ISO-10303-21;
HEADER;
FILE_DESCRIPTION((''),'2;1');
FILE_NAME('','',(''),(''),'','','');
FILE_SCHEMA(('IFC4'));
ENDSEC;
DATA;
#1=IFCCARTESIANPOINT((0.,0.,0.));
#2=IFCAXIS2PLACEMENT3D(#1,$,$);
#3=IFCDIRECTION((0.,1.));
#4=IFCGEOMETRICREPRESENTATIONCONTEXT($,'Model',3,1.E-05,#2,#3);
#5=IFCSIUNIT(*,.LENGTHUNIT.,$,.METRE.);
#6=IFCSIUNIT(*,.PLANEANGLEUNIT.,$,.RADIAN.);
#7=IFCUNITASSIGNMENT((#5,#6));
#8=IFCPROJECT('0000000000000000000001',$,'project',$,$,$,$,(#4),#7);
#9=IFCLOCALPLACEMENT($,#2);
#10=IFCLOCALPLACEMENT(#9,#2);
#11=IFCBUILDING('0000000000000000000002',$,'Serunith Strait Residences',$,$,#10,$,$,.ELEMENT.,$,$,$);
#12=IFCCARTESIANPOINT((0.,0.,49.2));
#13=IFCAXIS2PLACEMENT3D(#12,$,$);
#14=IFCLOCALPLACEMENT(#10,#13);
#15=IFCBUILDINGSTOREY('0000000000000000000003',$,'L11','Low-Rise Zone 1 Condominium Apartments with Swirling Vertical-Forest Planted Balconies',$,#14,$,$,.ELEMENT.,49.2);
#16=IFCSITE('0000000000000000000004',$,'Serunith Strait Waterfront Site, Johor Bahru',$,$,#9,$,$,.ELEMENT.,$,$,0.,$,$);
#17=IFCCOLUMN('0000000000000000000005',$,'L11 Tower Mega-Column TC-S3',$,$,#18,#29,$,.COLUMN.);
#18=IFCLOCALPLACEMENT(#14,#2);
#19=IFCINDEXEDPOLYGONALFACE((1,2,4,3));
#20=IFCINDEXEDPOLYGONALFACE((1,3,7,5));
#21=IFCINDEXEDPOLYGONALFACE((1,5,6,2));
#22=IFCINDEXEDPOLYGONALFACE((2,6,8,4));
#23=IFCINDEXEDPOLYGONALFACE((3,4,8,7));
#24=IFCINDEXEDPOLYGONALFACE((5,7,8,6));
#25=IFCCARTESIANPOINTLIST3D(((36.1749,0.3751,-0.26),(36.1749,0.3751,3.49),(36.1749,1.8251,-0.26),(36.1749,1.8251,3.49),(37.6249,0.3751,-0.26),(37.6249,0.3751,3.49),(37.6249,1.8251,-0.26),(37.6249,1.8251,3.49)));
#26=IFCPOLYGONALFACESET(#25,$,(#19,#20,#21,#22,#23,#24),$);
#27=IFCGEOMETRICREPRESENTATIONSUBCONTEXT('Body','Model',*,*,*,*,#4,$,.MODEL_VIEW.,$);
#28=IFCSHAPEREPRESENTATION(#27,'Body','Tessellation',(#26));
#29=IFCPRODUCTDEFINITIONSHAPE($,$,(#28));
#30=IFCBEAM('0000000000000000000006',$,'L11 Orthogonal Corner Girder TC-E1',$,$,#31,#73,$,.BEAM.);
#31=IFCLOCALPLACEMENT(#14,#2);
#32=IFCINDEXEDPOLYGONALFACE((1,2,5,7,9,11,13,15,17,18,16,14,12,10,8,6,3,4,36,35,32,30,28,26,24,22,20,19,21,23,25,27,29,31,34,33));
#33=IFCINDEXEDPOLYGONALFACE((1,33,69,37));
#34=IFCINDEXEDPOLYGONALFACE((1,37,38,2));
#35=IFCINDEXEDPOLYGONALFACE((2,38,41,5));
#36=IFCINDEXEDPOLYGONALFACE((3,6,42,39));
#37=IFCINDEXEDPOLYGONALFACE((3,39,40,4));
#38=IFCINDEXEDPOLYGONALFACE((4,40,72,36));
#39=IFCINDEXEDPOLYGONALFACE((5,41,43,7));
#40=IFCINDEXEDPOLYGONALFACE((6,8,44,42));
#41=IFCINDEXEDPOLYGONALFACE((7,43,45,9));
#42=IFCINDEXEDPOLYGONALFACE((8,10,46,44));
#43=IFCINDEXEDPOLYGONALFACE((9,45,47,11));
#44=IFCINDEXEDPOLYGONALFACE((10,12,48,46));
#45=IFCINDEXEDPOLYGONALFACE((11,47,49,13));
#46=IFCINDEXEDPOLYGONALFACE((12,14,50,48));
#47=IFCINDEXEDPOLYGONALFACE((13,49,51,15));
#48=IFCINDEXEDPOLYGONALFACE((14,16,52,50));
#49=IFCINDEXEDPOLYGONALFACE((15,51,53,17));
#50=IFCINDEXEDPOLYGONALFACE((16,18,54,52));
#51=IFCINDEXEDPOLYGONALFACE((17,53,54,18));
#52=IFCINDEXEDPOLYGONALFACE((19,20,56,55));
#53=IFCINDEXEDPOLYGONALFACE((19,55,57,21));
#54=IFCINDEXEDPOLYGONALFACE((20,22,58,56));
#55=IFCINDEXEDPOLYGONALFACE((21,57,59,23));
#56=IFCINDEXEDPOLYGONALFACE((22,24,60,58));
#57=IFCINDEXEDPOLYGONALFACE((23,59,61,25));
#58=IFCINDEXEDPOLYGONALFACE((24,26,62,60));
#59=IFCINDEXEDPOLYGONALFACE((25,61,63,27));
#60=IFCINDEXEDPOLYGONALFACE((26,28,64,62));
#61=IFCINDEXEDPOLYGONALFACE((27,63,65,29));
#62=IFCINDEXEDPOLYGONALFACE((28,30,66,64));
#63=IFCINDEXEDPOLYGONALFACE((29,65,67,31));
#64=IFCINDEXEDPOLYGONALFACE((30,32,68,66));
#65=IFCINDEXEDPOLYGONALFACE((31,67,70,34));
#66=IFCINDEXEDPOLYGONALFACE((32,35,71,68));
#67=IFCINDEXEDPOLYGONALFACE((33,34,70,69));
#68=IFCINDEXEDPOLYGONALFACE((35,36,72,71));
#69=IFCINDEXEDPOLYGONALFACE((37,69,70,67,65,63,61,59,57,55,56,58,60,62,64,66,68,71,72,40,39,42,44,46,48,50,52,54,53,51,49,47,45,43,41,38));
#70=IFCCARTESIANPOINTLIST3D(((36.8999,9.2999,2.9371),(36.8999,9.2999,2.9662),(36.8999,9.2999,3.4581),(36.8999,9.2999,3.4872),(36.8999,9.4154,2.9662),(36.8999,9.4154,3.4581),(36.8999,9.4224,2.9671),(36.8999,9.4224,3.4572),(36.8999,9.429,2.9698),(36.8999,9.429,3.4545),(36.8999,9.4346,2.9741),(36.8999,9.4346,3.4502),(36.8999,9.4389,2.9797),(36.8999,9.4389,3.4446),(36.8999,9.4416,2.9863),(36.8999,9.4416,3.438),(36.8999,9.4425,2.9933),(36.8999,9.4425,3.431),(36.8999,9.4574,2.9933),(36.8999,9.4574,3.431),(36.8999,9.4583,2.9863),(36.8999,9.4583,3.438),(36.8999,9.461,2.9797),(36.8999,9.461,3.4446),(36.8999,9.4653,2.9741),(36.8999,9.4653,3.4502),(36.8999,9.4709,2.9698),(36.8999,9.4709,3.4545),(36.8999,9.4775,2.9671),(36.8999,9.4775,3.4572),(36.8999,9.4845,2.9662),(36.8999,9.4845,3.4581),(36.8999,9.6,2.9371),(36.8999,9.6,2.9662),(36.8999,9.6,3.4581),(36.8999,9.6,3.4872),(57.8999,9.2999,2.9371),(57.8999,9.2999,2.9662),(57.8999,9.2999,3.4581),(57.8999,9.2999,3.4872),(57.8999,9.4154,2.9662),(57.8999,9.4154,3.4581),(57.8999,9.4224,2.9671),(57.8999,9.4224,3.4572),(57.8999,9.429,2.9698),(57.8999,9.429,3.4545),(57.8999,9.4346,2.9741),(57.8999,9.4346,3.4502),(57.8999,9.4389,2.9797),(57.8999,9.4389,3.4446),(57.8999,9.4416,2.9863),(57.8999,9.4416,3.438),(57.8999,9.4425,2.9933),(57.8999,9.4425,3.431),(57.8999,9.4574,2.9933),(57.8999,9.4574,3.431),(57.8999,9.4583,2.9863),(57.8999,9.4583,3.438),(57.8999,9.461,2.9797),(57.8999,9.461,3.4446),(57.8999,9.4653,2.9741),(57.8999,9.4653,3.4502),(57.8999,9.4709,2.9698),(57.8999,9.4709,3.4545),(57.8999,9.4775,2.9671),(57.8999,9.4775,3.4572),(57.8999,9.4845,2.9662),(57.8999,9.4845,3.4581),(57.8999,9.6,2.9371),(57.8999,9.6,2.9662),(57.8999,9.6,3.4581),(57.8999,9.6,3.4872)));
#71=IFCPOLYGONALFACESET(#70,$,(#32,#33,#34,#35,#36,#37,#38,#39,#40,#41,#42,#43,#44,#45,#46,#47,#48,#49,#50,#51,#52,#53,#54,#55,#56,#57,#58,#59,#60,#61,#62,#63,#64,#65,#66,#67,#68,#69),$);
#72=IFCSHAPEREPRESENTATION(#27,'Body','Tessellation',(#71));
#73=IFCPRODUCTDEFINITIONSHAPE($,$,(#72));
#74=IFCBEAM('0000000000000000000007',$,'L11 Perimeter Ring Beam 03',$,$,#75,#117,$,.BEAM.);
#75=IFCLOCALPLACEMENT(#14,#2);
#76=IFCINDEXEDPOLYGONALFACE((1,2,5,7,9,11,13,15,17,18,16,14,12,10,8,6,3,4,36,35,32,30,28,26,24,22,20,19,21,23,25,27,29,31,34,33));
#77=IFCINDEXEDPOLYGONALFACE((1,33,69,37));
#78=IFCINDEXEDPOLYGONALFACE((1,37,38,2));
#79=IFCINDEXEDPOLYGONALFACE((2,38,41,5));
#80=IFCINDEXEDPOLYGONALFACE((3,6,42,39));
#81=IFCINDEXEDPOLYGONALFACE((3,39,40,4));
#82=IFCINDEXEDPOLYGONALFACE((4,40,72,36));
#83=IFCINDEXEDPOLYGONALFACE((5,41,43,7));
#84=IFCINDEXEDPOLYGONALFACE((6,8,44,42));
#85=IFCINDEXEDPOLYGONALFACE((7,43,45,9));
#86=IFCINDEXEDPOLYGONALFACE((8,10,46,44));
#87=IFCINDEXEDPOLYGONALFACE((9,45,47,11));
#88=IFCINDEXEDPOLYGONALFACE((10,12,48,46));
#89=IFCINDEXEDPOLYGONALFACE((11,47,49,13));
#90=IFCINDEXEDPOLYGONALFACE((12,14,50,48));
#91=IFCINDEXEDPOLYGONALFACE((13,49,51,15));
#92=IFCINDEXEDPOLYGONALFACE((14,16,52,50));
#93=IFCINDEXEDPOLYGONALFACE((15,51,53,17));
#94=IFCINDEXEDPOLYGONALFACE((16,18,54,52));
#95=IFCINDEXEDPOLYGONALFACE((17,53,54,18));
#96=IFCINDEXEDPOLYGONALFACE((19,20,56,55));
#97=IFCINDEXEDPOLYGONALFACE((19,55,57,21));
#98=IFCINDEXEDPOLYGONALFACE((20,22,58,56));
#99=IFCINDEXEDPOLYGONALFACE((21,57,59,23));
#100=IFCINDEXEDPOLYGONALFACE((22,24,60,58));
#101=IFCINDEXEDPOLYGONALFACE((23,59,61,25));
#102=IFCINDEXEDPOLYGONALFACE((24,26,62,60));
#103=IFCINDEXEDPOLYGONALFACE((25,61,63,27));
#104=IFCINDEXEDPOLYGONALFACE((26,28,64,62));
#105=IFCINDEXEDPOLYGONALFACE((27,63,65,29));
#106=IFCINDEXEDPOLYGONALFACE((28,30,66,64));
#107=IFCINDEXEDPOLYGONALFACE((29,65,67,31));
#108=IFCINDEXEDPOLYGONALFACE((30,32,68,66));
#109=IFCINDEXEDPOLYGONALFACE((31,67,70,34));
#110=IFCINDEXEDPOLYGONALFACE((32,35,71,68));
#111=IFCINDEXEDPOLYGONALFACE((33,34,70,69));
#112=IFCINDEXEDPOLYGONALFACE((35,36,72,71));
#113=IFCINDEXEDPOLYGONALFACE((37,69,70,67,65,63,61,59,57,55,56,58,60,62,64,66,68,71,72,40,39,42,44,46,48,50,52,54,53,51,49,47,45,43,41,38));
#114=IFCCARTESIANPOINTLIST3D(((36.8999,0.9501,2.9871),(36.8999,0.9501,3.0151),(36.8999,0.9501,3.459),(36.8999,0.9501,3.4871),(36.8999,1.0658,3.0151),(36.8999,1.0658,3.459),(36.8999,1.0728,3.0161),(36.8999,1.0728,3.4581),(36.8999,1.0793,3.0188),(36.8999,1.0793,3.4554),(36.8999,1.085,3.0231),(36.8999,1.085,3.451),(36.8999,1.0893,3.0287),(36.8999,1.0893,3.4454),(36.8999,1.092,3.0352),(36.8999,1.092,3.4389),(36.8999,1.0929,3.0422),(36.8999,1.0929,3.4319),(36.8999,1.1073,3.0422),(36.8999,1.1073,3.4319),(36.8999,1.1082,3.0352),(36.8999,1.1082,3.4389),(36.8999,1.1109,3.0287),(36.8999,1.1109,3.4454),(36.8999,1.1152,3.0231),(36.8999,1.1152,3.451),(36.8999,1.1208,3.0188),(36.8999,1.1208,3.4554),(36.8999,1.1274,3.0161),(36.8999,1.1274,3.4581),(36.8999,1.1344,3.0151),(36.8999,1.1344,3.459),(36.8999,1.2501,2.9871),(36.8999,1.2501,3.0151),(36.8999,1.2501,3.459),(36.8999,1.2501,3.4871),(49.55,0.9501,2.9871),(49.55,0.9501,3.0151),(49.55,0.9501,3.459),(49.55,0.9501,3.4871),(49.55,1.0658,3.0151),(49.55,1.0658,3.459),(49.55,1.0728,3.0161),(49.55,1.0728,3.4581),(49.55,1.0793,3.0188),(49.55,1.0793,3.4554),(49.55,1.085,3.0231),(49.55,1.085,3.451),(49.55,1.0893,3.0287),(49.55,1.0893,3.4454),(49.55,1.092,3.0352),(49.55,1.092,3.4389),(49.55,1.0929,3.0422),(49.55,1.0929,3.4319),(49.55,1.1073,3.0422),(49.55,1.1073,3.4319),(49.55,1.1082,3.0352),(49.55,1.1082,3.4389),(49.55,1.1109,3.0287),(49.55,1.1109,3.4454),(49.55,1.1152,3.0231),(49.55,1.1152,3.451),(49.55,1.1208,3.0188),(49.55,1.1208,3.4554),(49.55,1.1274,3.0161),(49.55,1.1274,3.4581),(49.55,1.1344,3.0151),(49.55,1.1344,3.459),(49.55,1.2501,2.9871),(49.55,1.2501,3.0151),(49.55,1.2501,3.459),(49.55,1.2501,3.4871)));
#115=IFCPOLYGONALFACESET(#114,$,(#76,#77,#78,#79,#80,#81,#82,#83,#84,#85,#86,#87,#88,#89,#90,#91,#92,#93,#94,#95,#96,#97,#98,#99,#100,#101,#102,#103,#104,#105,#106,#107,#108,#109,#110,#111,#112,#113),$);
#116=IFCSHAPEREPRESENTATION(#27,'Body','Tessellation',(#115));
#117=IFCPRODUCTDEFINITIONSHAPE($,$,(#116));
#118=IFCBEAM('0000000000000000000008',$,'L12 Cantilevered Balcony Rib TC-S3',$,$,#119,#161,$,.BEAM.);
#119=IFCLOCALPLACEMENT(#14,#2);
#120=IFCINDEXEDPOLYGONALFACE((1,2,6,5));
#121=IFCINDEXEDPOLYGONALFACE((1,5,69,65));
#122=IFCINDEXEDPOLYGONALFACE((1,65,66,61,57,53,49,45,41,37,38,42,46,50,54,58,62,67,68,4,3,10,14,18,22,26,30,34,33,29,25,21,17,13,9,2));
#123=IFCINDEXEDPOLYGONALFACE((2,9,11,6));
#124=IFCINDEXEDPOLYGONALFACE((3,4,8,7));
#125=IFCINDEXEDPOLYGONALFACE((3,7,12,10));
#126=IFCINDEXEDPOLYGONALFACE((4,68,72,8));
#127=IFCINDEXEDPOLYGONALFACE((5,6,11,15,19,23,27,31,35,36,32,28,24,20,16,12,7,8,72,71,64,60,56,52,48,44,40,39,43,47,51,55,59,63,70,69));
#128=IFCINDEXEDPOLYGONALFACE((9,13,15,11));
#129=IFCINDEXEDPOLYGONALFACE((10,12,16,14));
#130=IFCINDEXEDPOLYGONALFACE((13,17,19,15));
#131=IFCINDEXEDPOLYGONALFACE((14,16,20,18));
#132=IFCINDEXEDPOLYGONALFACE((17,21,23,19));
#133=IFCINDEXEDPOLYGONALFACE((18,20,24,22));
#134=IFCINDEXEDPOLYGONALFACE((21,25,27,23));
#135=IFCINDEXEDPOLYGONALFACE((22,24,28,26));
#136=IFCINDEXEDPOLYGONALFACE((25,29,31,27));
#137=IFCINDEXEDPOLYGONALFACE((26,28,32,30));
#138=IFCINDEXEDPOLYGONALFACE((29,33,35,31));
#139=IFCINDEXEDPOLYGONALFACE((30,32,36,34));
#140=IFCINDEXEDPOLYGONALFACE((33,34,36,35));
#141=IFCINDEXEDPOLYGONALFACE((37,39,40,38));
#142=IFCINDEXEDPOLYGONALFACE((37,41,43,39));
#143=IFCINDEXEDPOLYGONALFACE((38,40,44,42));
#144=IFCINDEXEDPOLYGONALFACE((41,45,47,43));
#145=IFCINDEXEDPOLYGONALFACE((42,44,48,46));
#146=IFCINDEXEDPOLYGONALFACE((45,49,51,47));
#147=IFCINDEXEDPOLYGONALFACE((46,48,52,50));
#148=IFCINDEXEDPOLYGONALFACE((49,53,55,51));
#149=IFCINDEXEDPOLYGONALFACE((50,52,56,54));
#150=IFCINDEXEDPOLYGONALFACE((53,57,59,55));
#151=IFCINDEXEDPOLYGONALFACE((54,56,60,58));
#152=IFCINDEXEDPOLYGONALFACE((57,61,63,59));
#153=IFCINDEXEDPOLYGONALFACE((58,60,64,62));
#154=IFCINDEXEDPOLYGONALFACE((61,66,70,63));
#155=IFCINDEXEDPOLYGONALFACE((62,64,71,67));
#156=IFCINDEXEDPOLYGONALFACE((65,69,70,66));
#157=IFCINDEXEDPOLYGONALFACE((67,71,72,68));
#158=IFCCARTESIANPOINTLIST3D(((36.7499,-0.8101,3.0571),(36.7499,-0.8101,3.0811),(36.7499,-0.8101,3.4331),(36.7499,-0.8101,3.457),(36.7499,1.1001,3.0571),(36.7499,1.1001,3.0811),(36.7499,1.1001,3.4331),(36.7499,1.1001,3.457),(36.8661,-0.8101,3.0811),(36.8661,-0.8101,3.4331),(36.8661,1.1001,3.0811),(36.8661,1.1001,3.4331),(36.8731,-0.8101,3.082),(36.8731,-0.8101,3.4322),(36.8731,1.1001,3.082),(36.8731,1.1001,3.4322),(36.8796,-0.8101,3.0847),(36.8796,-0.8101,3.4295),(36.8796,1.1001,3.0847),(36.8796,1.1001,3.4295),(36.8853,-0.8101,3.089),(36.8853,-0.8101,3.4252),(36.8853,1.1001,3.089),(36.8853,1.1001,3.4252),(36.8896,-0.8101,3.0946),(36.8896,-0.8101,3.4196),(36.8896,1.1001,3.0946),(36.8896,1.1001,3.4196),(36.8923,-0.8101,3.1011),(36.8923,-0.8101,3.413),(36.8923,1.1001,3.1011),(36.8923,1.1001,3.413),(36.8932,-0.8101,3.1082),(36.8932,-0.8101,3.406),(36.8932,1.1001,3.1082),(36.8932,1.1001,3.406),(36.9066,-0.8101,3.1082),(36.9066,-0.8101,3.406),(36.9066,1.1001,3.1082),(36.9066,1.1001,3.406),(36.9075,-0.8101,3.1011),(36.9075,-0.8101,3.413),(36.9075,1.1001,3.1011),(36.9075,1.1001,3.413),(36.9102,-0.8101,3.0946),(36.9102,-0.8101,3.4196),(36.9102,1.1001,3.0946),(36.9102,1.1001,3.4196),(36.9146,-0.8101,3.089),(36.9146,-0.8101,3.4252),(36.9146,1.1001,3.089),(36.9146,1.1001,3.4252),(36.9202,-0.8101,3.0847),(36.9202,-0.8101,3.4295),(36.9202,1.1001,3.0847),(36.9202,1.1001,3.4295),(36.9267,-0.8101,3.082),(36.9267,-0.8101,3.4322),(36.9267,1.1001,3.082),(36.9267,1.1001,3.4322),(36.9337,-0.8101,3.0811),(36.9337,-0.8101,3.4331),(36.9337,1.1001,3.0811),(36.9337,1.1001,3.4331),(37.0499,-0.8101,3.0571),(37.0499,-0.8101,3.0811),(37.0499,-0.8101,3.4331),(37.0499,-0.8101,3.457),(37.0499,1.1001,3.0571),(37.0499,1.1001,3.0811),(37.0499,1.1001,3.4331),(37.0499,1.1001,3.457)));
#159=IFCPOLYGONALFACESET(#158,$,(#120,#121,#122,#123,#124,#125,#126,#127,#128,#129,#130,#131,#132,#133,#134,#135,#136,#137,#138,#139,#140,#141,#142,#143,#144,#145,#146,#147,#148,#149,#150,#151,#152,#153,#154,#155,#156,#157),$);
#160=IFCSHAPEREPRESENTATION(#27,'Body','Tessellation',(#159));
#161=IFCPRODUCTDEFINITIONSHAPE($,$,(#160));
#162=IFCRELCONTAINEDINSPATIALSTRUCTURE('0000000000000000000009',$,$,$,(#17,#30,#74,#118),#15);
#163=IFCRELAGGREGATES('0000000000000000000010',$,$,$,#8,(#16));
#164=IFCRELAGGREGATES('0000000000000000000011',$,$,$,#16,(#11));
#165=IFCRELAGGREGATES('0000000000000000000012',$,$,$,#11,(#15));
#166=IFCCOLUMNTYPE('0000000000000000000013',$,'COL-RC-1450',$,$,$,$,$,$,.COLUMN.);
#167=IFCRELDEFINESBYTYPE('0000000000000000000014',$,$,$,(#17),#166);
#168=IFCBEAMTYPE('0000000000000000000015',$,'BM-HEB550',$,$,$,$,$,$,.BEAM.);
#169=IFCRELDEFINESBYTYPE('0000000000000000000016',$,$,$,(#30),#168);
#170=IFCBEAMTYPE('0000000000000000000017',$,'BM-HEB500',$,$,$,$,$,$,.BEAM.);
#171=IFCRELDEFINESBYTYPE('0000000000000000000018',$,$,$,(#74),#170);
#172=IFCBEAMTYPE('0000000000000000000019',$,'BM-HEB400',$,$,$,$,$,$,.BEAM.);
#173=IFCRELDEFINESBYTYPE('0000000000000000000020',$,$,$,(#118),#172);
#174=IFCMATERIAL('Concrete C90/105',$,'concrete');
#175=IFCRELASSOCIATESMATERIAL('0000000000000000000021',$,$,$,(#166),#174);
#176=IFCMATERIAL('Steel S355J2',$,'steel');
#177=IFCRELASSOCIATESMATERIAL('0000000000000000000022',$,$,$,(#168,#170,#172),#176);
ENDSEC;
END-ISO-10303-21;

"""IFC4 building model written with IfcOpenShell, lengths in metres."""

from ifc_helpers import new_model, si_unit, direction, frame, origin, origin_2d, place, context, subcontext, project, spatial, rectangle, i_section, extrude, source, transform, mapped, material, material_profile, profile_set, type_object, element, save


model = new_model("IFC4")

# Units and contexts
model_context = context("Model", 3, precision=1e-05, world=origin(), true_north=direction((0.0, 1.0)))
body_context = subcontext(model_context, "Body", "Model", "MODEL_VIEW")
ifc_project = project(units=[si_unit("LENGTHUNIT", "METRE"), si_unit("PLANEANGLEUNIT", "RADIAN")], contexts=[model_context])

# Site, building, storey
site_placement = place(None, origin())
site = spatial("IfcSite", under=ifc_project, at=site_placement, Name="Serunith Strait Waterfront Site, Johor Bahru", CompositionType="ELEMENT", RefElevation=0.0)
building_placement = place(site_placement, origin())
building = spatial("IfcBuilding", under=site, at=building_placement, Name="Serunith Strait Residences", CompositionType="ELEMENT")
storey_placement = place(building_placement, frame((0.0, 0.0, 49.2)))
storey = spatial("IfcBuildingStorey", under=building, at=storey_placement, Name="L11", Description="Low-Rise Zone 1 Condominium Apartments with Swirling Vertical-Forest Planted Balconies", CompositionType="ELEMENT", Elevation=49.2)

# Column
ifc_material_1 = material(Name="Concrete C90/105", Category="concrete")
ifc_material_profile_1 = material_profile(ifc_material_1, rectangle(XDim=1.45, YDim=1.45, at=origin_2d()), Name="RC 1450x1450")
ifc_profile_set_1 = profile_set([ifc_material_profile_1], Name="Concrete C90/105")
column_type = type_object("IfcColumnType", Name="COL-RC-1450", PredefinedType="COLUMN", material=ifc_profile_set_1)
shared_shape_1 = source(origin(), body_context, "Body", "SweptSolid", [
    extrude(rectangle(XDim=1.45, YDim=1.45, at=origin_2d()), origin(), (0.0, 0.0, 1.0), 3.75),
])
column_placement = place(storey_placement, frame((36.8999, 1.1001, -0.26), z_axis=(0.0, 0.0, 1.0), x_axis=(1.0, 0.0, 0.0)))
element("IfcColumn", 1, at=column_placement, inside=storey, type_object=column_type, Name="L11 Tower Mega-Column TC-S3", PredefinedType="COLUMN", context=body_context, shape_type="MappedRepresentation", body=[
    mapped(shared_shape_1, transform((0.0, 0.0, 0.0), scale=1.0)),
])

# Beams
ifc_material_2 = material(Name="Steel S355J2", Category="steel")
ifc_material_profile_2 = material_profile(ifc_material_2, i_section(OverallWidth=0.3, OverallDepth=0.55, WebThickness=0.0149, FlangeThickness=0.0291, FilletRadius=0.0271, at=origin_2d()), Name="HEB 550")
ifc_profile_set_2 = profile_set([ifc_material_profile_2], Name="Steel S355J2")
beam_type_1 = type_object("IfcBeamType", Name="BM-HEB550", PredefinedType="BEAM", material=ifc_profile_set_2)
shared_shape_2 = source(origin(), body_context, "Body", "SweptSolid", [
    extrude(i_section(OverallWidth=0.3, OverallDepth=0.55, WebThickness=0.0149, FlangeThickness=0.0291, FilletRadius=0.0271, at=origin_2d()), origin(), (0.0, 0.0, 1.0), 21.0),
])
beam_1_placement = place(storey_placement, frame((36.8999, 9.45, 3.2122), z_axis=(1.0, 0.0, 0.0), x_axis=(0.0, 1.0, 0.0)))
element("IfcBeam", 2, at=beam_1_placement, inside=storey, type_object=beam_type_1, Name="L11 Orthogonal Corner Girder TC-E1", PredefinedType="BEAM", context=body_context, shape_type="MappedRepresentation", body=[
    mapped(shared_shape_2, transform((0.0, 0.0, 0.0), scale=1.0)),
])
ifc_material_profile_3 = material_profile(ifc_material_2, i_section(OverallWidth=0.3, OverallDepth=0.5, WebThickness=0.0144, FlangeThickness=0.0281, FilletRadius=0.0271, at=origin_2d()), Name="HEB 500")
ifc_profile_set_3 = profile_set([ifc_material_profile_3], Name="Steel S355J2")
beam_type_2 = type_object("IfcBeamType", Name="BM-HEB500", PredefinedType="BEAM", material=ifc_profile_set_3)
shared_shape_3 = source(origin(), body_context, "Body", "SweptSolid", [
    extrude(i_section(OverallWidth=0.3, OverallDepth=0.5, WebThickness=0.0144, FlangeThickness=0.0281, FilletRadius=0.0271, at=origin_2d()), origin(), (0.0, 0.0, 1.0), 12.6501),
])
beam_2_placement = place(storey_placement, frame((36.8999, 1.1001, 3.2371), z_axis=(1.0, 0.0, 0.0), x_axis=(0.0, 1.0, 0.0)))
element("IfcBeam", 3, at=beam_2_placement, inside=storey, type_object=beam_type_2, Name="L11 Perimeter Ring Beam 03", PredefinedType="BEAM", context=body_context, shape_type="MappedRepresentation", body=[
    mapped(shared_shape_3, transform((0.0, 0.0, 0.0), scale=1.0)),
])
ifc_material_profile_4 = material_profile(ifc_material_2, i_section(OverallWidth=0.3, OverallDepth=0.3999, WebThickness=0.0134, FlangeThickness=0.0239, FilletRadius=0.0271, at=origin_2d()), Name="HEB 400")
ifc_profile_set_4 = profile_set([ifc_material_profile_4], Name="Steel S355J2")
beam_type_3 = type_object("IfcBeamType", Name="BM-HEB400", PredefinedType="BEAM", material=ifc_profile_set_4)
shared_shape_4 = source(origin(), body_context, "Body", "SweptSolid", [
    extrude(i_section(OverallWidth=0.3, OverallDepth=0.3999, WebThickness=0.0134, FlangeThickness=0.0239, FilletRadius=0.0271, at=origin_2d()), origin(), (0.0, 0.0, 1.0), 1.9102),
])
beam_3_placement = place(storey_placement, frame((36.8999, 1.1001, 3.2571), z_axis=(0.0, -1.0, 0.0), x_axis=(1.0, 0.0, 0.0)))
element("IfcBeam", 4, at=beam_3_placement, inside=storey, type_object=beam_type_3, Name="L12 Cantilevered Balcony Rib TC-S3", PredefinedType="BEAM", context=body_context, shape_type="MappedRepresentation", body=[
    mapped(shared_shape_4, transform((0.0, 0.0, 0.0), scale=1.0)),
])

save(model, "model.ifc")
